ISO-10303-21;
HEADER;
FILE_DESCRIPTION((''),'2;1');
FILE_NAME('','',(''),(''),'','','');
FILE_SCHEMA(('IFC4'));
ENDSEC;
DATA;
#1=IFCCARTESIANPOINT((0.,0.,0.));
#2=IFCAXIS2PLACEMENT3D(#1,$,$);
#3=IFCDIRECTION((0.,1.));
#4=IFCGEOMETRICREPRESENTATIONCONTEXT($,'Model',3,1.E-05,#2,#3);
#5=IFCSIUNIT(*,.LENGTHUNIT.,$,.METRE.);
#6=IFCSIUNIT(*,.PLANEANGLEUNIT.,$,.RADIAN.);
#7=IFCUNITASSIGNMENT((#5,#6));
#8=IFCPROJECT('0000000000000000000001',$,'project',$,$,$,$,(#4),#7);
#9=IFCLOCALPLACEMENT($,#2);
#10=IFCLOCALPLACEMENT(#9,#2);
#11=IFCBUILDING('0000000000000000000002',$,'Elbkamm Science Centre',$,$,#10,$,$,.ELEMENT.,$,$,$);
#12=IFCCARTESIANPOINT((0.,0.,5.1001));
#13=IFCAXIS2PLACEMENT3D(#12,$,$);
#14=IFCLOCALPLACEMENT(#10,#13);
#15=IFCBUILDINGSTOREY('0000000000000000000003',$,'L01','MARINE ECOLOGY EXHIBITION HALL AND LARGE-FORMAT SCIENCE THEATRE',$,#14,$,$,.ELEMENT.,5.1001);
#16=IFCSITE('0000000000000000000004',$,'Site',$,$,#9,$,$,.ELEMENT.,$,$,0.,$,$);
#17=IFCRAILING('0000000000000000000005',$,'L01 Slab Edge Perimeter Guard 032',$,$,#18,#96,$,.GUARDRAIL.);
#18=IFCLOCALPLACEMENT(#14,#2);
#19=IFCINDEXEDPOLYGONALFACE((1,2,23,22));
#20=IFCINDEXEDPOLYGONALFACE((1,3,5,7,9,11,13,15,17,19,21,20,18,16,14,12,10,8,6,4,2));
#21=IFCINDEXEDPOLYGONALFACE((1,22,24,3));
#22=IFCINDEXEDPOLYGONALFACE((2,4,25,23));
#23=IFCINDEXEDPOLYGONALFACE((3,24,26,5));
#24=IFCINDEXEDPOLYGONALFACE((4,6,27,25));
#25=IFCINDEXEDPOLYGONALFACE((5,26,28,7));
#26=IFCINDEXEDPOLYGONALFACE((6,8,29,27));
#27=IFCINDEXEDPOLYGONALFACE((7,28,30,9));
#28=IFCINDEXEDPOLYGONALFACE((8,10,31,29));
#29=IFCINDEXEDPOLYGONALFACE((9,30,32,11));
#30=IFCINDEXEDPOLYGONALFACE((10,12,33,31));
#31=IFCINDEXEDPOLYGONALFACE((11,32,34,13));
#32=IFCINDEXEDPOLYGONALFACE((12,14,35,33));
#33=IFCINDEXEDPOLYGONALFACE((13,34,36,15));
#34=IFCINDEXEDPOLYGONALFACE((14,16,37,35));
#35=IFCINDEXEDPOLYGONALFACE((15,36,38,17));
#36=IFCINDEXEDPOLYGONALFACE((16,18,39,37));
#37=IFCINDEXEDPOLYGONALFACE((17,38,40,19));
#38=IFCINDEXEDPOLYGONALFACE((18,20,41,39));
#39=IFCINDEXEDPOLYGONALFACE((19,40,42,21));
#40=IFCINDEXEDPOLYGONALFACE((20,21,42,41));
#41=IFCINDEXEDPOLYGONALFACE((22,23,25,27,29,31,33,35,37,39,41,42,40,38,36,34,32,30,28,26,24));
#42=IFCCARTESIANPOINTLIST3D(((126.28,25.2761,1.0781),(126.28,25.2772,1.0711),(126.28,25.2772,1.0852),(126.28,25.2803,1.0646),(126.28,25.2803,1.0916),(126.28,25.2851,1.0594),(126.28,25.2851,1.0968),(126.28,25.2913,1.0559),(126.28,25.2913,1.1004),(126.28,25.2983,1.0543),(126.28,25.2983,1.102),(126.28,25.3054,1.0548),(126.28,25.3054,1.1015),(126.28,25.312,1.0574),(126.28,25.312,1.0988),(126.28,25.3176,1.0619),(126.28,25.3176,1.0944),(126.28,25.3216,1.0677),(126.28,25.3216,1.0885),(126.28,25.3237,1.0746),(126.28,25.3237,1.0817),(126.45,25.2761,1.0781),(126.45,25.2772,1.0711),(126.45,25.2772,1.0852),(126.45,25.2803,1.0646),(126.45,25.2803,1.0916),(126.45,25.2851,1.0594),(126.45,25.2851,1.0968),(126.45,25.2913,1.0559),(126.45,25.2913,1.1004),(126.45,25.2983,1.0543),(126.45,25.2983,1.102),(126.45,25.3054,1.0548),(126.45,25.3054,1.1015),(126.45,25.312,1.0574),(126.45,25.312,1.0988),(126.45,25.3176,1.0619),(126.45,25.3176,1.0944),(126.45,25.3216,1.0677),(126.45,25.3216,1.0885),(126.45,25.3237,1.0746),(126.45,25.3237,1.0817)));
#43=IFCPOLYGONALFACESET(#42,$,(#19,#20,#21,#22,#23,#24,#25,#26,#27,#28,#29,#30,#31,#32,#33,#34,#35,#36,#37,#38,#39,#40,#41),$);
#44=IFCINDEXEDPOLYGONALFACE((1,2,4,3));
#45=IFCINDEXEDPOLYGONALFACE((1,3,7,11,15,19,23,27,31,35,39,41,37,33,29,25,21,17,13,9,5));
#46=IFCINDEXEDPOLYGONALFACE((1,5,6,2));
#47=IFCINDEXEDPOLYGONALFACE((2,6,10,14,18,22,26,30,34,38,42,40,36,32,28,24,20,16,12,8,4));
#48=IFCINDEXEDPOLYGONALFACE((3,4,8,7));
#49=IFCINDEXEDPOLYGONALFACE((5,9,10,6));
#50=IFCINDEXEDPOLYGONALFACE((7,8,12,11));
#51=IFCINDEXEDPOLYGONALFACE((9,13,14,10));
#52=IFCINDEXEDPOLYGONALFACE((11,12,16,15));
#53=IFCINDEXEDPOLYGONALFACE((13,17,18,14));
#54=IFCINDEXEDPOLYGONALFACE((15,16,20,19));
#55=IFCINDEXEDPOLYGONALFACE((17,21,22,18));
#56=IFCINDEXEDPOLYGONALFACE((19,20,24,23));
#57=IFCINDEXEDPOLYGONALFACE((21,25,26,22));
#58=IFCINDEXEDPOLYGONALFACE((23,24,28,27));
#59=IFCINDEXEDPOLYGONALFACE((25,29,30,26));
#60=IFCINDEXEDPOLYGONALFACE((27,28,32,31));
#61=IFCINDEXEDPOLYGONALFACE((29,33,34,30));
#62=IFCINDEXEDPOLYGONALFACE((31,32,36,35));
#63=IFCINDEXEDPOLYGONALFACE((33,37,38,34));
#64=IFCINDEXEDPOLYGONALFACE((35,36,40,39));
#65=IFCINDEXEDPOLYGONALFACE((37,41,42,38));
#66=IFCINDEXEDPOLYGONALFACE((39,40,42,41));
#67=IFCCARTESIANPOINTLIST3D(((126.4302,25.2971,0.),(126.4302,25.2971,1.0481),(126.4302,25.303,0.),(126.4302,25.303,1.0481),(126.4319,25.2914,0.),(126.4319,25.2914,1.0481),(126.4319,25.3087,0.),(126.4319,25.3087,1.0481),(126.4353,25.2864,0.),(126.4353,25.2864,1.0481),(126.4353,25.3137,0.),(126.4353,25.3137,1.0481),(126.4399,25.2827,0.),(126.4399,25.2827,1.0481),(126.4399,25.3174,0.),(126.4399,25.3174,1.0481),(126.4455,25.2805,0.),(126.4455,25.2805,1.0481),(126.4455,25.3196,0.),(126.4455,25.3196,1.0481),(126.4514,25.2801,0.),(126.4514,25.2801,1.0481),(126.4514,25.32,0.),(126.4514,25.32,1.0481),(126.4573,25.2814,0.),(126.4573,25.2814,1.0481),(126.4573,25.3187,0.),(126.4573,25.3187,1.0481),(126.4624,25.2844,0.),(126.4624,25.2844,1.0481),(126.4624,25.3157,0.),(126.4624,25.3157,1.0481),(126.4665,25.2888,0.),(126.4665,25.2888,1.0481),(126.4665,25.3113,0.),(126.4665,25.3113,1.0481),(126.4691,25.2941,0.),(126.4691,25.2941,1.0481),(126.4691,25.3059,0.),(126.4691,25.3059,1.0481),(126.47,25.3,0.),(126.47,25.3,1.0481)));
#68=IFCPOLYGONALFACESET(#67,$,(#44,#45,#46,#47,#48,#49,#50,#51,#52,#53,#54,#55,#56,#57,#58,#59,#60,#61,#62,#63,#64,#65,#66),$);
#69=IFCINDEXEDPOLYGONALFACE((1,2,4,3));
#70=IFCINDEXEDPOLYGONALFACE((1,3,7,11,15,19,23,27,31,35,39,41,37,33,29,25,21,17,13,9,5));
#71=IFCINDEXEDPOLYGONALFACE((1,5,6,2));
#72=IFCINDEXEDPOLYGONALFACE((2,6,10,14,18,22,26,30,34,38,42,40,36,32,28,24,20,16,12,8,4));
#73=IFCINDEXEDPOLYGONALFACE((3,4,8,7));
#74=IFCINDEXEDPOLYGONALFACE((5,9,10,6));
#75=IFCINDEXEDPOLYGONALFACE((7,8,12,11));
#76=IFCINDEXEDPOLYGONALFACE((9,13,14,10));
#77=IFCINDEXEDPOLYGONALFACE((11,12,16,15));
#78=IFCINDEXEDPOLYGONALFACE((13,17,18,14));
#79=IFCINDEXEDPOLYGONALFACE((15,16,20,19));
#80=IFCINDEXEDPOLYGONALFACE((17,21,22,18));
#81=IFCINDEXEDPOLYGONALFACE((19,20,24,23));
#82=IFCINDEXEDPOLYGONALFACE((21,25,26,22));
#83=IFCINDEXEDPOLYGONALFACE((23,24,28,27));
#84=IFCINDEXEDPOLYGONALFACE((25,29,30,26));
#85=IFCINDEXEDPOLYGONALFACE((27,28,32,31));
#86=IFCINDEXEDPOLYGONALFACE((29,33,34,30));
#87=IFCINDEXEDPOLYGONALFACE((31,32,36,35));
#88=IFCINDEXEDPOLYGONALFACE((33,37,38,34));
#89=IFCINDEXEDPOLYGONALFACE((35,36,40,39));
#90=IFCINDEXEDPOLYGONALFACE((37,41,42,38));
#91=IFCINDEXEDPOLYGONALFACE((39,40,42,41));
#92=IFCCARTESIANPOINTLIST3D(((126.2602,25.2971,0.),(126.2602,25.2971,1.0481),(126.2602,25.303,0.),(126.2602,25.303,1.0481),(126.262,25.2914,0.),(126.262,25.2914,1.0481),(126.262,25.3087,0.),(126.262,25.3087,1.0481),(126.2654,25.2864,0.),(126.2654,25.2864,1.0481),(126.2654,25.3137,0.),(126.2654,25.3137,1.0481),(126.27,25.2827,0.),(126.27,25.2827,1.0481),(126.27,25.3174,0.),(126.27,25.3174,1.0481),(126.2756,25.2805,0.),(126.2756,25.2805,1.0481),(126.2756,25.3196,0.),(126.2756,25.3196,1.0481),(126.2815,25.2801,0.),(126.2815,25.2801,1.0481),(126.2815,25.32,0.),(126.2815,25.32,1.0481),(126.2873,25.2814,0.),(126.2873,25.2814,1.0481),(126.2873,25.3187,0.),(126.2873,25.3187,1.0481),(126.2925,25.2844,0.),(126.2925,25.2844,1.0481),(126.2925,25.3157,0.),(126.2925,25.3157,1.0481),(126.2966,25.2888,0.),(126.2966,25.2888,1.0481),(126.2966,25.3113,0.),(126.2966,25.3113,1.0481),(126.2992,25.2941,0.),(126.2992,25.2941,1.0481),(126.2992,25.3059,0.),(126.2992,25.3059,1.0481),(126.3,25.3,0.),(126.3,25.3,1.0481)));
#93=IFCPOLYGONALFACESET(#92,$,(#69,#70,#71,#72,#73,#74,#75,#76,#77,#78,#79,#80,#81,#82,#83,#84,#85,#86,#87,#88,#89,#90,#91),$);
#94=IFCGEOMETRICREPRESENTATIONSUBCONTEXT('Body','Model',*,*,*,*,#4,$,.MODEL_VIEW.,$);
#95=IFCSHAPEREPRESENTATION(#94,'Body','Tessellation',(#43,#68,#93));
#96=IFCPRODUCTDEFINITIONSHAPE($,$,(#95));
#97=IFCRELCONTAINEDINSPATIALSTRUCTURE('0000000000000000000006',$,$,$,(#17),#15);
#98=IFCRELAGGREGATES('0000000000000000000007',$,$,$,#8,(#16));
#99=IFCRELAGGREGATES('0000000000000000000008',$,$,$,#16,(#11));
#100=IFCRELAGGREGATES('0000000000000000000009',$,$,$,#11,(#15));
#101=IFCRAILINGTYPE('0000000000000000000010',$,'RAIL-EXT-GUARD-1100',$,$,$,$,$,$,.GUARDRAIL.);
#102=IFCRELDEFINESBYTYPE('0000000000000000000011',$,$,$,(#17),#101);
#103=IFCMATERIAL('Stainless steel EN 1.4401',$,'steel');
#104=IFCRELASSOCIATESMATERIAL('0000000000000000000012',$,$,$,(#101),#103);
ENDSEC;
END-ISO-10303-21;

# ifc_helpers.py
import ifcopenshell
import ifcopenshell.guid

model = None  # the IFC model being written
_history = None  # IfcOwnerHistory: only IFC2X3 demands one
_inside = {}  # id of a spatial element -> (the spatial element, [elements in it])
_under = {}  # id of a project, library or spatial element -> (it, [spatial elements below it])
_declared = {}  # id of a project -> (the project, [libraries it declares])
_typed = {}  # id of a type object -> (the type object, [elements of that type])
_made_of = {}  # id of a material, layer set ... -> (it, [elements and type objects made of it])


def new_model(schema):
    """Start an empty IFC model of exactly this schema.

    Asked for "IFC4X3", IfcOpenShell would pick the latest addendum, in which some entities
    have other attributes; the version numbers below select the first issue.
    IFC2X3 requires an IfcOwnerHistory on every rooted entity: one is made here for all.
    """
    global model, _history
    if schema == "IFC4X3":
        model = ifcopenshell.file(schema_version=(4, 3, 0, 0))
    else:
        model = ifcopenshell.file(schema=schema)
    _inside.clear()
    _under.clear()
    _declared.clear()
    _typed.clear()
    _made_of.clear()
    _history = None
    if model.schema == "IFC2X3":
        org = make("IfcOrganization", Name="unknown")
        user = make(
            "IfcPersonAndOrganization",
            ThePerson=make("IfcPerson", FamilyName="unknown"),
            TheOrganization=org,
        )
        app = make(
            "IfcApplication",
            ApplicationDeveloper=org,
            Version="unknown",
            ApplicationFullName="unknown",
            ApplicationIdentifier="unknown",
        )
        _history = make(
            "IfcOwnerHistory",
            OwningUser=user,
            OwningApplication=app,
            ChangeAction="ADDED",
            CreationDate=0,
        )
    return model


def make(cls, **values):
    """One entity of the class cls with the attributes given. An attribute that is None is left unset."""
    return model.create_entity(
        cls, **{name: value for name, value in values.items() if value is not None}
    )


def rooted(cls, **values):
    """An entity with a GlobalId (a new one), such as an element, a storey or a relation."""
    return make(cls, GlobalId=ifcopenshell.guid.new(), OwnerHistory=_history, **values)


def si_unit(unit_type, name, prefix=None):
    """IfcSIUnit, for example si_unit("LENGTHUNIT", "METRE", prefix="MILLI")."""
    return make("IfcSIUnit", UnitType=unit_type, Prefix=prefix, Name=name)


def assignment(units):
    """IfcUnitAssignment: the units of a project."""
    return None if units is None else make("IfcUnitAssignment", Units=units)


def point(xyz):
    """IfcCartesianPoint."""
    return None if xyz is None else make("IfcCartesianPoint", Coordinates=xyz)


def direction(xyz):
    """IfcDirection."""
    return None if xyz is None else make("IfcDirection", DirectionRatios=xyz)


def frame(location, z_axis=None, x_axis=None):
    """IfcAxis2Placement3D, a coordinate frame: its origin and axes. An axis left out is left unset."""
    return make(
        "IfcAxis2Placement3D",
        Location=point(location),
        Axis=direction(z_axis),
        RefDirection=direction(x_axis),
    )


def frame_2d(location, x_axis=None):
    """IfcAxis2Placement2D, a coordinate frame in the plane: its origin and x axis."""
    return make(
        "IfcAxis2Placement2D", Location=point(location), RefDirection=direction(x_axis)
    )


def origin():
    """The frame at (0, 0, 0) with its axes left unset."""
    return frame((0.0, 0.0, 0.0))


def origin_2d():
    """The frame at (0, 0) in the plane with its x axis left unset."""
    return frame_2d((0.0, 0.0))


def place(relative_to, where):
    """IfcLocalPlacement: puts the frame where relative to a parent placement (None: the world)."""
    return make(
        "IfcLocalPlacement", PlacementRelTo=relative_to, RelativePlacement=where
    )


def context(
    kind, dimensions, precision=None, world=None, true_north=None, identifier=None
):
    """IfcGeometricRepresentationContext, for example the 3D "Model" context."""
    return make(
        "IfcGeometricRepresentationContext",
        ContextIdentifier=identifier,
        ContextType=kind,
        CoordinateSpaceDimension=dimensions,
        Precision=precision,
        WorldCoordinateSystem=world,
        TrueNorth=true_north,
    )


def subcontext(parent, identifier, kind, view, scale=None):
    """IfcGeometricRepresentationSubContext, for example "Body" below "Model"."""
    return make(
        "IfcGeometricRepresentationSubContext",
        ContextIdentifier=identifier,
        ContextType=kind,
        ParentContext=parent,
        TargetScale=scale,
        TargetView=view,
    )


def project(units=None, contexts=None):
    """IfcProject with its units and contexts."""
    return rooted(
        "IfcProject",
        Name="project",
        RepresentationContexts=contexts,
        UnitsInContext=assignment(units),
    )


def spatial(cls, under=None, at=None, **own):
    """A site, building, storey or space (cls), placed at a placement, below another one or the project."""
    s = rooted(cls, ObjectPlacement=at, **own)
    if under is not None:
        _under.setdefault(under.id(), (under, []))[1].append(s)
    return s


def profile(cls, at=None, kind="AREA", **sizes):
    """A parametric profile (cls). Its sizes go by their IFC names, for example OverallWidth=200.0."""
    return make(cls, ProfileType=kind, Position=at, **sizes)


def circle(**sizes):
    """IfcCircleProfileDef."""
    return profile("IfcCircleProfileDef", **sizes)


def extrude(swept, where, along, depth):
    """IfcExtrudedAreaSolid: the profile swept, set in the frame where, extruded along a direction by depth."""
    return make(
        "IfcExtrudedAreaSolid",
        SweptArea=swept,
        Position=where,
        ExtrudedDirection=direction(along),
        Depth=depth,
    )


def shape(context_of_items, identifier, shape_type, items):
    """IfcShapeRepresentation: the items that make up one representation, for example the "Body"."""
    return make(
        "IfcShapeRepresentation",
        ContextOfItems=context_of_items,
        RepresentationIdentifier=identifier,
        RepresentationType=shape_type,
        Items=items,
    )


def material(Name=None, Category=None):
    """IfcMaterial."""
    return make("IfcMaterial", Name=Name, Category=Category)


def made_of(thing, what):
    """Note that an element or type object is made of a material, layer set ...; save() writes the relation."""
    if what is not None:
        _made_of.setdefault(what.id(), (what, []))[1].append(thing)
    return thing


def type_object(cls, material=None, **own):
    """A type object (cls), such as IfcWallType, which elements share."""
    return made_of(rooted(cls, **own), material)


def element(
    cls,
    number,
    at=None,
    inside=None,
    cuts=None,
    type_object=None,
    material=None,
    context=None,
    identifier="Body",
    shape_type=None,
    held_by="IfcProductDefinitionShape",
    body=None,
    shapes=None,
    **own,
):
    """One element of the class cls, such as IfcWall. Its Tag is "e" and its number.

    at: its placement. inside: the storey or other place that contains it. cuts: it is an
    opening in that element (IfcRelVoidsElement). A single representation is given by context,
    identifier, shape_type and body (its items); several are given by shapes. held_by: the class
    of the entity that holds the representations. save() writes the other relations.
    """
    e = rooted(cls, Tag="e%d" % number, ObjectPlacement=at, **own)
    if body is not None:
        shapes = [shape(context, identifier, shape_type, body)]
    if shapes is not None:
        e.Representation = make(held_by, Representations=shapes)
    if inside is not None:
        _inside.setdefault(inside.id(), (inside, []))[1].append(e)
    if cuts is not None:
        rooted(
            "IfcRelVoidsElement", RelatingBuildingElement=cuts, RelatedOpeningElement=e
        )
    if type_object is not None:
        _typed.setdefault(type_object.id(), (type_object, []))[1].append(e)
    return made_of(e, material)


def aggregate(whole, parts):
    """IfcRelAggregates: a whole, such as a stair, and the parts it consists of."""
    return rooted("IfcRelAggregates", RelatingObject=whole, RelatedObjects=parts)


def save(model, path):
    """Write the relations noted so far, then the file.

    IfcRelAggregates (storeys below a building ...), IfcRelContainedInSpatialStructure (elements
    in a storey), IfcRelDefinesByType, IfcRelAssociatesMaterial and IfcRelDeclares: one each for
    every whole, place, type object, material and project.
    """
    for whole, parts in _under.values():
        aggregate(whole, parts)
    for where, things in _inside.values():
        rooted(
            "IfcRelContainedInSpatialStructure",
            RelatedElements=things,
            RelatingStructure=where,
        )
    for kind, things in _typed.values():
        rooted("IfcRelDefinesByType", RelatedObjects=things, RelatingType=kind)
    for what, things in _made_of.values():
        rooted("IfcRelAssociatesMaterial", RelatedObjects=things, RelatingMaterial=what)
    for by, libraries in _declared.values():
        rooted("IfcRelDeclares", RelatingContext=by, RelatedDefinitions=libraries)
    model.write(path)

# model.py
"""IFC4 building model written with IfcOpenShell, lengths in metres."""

from ifc_helpers import new_model, si_unit, direction, frame, origin, origin_2d, place, context, subcontext, project, spatial, circle, extrude, material, type_object, element, save


model = new_model("IFC4")

# Units and contexts
model_context = context("Model", 3, precision=1e-05, world=origin(), true_north=direction((0.0, 1.0)))
body_context = subcontext(model_context, "Body", "Model", "MODEL_VIEW")
ifc_project = project(units=[si_unit("LENGTHUNIT", "METRE"), si_unit("PLANEANGLEUNIT", "RADIAN")], contexts=[model_context])

# Site, building, storey
site_placement = place(None, origin())
site = spatial("IfcSite", under=ifc_project, at=site_placement, Name="Site", CompositionType="ELEMENT", RefElevation=0.0)
building_placement = place(site_placement, origin())
building = spatial("IfcBuilding", under=site, at=building_placement, Name="Elbkamm Science Centre", CompositionType="ELEMENT")
storey_placement = place(building_placement, frame((0.0, 0.0, 5.1001)))
storey = spatial("IfcBuildingStorey", under=building, at=storey_placement, Name="L01", Description="MARINE ECOLOGY EXHIBITION HALL AND LARGE-FORMAT SCIENCE THEATRE", CompositionType="ELEMENT", Elevation=5.1001)

# Railing
ifc_material_1 = material(Name="Stainless steel EN 1.4401", Category="steel")
railing_type_1 = type_object("IfcRailingType", Name="RAIL-EXT-GUARD-1100", PredefinedType="GUARDRAIL", material=ifc_material_1)
railing_1_placement = place(storey_placement, frame((126.45, 25.3, 0.0)))
element("IfcRailing", 1, at=railing_1_placement, inside=storey, type_object=railing_type_1, Name="L01 Slab Edge Perimeter Guard 032", PredefinedType="GUARDRAIL", context=body_context, shape_type="SweptSolid", body=[
    extrude(circle(Radius=0.0239, at=origin_2d()), frame((0.0, 0.0, 1.0781), z_axis=(-1.0, 0.0, 0.0), x_axis=(0.0, -1.0, 0.0)), (0.0, 0.0, 1.0), 0.1699),
    extrude(circle(Radius=0.02, at=origin_2d()), origin(), (0.0, 0.0, 1.0), 1.0481),
    extrude(circle(Radius=0.02, at=origin_2d()), frame((-0.1699, 0.0, 0.0)), (0.0, 0.0, 1.0), 1.0481),
])

save(model, "model.ifc")
